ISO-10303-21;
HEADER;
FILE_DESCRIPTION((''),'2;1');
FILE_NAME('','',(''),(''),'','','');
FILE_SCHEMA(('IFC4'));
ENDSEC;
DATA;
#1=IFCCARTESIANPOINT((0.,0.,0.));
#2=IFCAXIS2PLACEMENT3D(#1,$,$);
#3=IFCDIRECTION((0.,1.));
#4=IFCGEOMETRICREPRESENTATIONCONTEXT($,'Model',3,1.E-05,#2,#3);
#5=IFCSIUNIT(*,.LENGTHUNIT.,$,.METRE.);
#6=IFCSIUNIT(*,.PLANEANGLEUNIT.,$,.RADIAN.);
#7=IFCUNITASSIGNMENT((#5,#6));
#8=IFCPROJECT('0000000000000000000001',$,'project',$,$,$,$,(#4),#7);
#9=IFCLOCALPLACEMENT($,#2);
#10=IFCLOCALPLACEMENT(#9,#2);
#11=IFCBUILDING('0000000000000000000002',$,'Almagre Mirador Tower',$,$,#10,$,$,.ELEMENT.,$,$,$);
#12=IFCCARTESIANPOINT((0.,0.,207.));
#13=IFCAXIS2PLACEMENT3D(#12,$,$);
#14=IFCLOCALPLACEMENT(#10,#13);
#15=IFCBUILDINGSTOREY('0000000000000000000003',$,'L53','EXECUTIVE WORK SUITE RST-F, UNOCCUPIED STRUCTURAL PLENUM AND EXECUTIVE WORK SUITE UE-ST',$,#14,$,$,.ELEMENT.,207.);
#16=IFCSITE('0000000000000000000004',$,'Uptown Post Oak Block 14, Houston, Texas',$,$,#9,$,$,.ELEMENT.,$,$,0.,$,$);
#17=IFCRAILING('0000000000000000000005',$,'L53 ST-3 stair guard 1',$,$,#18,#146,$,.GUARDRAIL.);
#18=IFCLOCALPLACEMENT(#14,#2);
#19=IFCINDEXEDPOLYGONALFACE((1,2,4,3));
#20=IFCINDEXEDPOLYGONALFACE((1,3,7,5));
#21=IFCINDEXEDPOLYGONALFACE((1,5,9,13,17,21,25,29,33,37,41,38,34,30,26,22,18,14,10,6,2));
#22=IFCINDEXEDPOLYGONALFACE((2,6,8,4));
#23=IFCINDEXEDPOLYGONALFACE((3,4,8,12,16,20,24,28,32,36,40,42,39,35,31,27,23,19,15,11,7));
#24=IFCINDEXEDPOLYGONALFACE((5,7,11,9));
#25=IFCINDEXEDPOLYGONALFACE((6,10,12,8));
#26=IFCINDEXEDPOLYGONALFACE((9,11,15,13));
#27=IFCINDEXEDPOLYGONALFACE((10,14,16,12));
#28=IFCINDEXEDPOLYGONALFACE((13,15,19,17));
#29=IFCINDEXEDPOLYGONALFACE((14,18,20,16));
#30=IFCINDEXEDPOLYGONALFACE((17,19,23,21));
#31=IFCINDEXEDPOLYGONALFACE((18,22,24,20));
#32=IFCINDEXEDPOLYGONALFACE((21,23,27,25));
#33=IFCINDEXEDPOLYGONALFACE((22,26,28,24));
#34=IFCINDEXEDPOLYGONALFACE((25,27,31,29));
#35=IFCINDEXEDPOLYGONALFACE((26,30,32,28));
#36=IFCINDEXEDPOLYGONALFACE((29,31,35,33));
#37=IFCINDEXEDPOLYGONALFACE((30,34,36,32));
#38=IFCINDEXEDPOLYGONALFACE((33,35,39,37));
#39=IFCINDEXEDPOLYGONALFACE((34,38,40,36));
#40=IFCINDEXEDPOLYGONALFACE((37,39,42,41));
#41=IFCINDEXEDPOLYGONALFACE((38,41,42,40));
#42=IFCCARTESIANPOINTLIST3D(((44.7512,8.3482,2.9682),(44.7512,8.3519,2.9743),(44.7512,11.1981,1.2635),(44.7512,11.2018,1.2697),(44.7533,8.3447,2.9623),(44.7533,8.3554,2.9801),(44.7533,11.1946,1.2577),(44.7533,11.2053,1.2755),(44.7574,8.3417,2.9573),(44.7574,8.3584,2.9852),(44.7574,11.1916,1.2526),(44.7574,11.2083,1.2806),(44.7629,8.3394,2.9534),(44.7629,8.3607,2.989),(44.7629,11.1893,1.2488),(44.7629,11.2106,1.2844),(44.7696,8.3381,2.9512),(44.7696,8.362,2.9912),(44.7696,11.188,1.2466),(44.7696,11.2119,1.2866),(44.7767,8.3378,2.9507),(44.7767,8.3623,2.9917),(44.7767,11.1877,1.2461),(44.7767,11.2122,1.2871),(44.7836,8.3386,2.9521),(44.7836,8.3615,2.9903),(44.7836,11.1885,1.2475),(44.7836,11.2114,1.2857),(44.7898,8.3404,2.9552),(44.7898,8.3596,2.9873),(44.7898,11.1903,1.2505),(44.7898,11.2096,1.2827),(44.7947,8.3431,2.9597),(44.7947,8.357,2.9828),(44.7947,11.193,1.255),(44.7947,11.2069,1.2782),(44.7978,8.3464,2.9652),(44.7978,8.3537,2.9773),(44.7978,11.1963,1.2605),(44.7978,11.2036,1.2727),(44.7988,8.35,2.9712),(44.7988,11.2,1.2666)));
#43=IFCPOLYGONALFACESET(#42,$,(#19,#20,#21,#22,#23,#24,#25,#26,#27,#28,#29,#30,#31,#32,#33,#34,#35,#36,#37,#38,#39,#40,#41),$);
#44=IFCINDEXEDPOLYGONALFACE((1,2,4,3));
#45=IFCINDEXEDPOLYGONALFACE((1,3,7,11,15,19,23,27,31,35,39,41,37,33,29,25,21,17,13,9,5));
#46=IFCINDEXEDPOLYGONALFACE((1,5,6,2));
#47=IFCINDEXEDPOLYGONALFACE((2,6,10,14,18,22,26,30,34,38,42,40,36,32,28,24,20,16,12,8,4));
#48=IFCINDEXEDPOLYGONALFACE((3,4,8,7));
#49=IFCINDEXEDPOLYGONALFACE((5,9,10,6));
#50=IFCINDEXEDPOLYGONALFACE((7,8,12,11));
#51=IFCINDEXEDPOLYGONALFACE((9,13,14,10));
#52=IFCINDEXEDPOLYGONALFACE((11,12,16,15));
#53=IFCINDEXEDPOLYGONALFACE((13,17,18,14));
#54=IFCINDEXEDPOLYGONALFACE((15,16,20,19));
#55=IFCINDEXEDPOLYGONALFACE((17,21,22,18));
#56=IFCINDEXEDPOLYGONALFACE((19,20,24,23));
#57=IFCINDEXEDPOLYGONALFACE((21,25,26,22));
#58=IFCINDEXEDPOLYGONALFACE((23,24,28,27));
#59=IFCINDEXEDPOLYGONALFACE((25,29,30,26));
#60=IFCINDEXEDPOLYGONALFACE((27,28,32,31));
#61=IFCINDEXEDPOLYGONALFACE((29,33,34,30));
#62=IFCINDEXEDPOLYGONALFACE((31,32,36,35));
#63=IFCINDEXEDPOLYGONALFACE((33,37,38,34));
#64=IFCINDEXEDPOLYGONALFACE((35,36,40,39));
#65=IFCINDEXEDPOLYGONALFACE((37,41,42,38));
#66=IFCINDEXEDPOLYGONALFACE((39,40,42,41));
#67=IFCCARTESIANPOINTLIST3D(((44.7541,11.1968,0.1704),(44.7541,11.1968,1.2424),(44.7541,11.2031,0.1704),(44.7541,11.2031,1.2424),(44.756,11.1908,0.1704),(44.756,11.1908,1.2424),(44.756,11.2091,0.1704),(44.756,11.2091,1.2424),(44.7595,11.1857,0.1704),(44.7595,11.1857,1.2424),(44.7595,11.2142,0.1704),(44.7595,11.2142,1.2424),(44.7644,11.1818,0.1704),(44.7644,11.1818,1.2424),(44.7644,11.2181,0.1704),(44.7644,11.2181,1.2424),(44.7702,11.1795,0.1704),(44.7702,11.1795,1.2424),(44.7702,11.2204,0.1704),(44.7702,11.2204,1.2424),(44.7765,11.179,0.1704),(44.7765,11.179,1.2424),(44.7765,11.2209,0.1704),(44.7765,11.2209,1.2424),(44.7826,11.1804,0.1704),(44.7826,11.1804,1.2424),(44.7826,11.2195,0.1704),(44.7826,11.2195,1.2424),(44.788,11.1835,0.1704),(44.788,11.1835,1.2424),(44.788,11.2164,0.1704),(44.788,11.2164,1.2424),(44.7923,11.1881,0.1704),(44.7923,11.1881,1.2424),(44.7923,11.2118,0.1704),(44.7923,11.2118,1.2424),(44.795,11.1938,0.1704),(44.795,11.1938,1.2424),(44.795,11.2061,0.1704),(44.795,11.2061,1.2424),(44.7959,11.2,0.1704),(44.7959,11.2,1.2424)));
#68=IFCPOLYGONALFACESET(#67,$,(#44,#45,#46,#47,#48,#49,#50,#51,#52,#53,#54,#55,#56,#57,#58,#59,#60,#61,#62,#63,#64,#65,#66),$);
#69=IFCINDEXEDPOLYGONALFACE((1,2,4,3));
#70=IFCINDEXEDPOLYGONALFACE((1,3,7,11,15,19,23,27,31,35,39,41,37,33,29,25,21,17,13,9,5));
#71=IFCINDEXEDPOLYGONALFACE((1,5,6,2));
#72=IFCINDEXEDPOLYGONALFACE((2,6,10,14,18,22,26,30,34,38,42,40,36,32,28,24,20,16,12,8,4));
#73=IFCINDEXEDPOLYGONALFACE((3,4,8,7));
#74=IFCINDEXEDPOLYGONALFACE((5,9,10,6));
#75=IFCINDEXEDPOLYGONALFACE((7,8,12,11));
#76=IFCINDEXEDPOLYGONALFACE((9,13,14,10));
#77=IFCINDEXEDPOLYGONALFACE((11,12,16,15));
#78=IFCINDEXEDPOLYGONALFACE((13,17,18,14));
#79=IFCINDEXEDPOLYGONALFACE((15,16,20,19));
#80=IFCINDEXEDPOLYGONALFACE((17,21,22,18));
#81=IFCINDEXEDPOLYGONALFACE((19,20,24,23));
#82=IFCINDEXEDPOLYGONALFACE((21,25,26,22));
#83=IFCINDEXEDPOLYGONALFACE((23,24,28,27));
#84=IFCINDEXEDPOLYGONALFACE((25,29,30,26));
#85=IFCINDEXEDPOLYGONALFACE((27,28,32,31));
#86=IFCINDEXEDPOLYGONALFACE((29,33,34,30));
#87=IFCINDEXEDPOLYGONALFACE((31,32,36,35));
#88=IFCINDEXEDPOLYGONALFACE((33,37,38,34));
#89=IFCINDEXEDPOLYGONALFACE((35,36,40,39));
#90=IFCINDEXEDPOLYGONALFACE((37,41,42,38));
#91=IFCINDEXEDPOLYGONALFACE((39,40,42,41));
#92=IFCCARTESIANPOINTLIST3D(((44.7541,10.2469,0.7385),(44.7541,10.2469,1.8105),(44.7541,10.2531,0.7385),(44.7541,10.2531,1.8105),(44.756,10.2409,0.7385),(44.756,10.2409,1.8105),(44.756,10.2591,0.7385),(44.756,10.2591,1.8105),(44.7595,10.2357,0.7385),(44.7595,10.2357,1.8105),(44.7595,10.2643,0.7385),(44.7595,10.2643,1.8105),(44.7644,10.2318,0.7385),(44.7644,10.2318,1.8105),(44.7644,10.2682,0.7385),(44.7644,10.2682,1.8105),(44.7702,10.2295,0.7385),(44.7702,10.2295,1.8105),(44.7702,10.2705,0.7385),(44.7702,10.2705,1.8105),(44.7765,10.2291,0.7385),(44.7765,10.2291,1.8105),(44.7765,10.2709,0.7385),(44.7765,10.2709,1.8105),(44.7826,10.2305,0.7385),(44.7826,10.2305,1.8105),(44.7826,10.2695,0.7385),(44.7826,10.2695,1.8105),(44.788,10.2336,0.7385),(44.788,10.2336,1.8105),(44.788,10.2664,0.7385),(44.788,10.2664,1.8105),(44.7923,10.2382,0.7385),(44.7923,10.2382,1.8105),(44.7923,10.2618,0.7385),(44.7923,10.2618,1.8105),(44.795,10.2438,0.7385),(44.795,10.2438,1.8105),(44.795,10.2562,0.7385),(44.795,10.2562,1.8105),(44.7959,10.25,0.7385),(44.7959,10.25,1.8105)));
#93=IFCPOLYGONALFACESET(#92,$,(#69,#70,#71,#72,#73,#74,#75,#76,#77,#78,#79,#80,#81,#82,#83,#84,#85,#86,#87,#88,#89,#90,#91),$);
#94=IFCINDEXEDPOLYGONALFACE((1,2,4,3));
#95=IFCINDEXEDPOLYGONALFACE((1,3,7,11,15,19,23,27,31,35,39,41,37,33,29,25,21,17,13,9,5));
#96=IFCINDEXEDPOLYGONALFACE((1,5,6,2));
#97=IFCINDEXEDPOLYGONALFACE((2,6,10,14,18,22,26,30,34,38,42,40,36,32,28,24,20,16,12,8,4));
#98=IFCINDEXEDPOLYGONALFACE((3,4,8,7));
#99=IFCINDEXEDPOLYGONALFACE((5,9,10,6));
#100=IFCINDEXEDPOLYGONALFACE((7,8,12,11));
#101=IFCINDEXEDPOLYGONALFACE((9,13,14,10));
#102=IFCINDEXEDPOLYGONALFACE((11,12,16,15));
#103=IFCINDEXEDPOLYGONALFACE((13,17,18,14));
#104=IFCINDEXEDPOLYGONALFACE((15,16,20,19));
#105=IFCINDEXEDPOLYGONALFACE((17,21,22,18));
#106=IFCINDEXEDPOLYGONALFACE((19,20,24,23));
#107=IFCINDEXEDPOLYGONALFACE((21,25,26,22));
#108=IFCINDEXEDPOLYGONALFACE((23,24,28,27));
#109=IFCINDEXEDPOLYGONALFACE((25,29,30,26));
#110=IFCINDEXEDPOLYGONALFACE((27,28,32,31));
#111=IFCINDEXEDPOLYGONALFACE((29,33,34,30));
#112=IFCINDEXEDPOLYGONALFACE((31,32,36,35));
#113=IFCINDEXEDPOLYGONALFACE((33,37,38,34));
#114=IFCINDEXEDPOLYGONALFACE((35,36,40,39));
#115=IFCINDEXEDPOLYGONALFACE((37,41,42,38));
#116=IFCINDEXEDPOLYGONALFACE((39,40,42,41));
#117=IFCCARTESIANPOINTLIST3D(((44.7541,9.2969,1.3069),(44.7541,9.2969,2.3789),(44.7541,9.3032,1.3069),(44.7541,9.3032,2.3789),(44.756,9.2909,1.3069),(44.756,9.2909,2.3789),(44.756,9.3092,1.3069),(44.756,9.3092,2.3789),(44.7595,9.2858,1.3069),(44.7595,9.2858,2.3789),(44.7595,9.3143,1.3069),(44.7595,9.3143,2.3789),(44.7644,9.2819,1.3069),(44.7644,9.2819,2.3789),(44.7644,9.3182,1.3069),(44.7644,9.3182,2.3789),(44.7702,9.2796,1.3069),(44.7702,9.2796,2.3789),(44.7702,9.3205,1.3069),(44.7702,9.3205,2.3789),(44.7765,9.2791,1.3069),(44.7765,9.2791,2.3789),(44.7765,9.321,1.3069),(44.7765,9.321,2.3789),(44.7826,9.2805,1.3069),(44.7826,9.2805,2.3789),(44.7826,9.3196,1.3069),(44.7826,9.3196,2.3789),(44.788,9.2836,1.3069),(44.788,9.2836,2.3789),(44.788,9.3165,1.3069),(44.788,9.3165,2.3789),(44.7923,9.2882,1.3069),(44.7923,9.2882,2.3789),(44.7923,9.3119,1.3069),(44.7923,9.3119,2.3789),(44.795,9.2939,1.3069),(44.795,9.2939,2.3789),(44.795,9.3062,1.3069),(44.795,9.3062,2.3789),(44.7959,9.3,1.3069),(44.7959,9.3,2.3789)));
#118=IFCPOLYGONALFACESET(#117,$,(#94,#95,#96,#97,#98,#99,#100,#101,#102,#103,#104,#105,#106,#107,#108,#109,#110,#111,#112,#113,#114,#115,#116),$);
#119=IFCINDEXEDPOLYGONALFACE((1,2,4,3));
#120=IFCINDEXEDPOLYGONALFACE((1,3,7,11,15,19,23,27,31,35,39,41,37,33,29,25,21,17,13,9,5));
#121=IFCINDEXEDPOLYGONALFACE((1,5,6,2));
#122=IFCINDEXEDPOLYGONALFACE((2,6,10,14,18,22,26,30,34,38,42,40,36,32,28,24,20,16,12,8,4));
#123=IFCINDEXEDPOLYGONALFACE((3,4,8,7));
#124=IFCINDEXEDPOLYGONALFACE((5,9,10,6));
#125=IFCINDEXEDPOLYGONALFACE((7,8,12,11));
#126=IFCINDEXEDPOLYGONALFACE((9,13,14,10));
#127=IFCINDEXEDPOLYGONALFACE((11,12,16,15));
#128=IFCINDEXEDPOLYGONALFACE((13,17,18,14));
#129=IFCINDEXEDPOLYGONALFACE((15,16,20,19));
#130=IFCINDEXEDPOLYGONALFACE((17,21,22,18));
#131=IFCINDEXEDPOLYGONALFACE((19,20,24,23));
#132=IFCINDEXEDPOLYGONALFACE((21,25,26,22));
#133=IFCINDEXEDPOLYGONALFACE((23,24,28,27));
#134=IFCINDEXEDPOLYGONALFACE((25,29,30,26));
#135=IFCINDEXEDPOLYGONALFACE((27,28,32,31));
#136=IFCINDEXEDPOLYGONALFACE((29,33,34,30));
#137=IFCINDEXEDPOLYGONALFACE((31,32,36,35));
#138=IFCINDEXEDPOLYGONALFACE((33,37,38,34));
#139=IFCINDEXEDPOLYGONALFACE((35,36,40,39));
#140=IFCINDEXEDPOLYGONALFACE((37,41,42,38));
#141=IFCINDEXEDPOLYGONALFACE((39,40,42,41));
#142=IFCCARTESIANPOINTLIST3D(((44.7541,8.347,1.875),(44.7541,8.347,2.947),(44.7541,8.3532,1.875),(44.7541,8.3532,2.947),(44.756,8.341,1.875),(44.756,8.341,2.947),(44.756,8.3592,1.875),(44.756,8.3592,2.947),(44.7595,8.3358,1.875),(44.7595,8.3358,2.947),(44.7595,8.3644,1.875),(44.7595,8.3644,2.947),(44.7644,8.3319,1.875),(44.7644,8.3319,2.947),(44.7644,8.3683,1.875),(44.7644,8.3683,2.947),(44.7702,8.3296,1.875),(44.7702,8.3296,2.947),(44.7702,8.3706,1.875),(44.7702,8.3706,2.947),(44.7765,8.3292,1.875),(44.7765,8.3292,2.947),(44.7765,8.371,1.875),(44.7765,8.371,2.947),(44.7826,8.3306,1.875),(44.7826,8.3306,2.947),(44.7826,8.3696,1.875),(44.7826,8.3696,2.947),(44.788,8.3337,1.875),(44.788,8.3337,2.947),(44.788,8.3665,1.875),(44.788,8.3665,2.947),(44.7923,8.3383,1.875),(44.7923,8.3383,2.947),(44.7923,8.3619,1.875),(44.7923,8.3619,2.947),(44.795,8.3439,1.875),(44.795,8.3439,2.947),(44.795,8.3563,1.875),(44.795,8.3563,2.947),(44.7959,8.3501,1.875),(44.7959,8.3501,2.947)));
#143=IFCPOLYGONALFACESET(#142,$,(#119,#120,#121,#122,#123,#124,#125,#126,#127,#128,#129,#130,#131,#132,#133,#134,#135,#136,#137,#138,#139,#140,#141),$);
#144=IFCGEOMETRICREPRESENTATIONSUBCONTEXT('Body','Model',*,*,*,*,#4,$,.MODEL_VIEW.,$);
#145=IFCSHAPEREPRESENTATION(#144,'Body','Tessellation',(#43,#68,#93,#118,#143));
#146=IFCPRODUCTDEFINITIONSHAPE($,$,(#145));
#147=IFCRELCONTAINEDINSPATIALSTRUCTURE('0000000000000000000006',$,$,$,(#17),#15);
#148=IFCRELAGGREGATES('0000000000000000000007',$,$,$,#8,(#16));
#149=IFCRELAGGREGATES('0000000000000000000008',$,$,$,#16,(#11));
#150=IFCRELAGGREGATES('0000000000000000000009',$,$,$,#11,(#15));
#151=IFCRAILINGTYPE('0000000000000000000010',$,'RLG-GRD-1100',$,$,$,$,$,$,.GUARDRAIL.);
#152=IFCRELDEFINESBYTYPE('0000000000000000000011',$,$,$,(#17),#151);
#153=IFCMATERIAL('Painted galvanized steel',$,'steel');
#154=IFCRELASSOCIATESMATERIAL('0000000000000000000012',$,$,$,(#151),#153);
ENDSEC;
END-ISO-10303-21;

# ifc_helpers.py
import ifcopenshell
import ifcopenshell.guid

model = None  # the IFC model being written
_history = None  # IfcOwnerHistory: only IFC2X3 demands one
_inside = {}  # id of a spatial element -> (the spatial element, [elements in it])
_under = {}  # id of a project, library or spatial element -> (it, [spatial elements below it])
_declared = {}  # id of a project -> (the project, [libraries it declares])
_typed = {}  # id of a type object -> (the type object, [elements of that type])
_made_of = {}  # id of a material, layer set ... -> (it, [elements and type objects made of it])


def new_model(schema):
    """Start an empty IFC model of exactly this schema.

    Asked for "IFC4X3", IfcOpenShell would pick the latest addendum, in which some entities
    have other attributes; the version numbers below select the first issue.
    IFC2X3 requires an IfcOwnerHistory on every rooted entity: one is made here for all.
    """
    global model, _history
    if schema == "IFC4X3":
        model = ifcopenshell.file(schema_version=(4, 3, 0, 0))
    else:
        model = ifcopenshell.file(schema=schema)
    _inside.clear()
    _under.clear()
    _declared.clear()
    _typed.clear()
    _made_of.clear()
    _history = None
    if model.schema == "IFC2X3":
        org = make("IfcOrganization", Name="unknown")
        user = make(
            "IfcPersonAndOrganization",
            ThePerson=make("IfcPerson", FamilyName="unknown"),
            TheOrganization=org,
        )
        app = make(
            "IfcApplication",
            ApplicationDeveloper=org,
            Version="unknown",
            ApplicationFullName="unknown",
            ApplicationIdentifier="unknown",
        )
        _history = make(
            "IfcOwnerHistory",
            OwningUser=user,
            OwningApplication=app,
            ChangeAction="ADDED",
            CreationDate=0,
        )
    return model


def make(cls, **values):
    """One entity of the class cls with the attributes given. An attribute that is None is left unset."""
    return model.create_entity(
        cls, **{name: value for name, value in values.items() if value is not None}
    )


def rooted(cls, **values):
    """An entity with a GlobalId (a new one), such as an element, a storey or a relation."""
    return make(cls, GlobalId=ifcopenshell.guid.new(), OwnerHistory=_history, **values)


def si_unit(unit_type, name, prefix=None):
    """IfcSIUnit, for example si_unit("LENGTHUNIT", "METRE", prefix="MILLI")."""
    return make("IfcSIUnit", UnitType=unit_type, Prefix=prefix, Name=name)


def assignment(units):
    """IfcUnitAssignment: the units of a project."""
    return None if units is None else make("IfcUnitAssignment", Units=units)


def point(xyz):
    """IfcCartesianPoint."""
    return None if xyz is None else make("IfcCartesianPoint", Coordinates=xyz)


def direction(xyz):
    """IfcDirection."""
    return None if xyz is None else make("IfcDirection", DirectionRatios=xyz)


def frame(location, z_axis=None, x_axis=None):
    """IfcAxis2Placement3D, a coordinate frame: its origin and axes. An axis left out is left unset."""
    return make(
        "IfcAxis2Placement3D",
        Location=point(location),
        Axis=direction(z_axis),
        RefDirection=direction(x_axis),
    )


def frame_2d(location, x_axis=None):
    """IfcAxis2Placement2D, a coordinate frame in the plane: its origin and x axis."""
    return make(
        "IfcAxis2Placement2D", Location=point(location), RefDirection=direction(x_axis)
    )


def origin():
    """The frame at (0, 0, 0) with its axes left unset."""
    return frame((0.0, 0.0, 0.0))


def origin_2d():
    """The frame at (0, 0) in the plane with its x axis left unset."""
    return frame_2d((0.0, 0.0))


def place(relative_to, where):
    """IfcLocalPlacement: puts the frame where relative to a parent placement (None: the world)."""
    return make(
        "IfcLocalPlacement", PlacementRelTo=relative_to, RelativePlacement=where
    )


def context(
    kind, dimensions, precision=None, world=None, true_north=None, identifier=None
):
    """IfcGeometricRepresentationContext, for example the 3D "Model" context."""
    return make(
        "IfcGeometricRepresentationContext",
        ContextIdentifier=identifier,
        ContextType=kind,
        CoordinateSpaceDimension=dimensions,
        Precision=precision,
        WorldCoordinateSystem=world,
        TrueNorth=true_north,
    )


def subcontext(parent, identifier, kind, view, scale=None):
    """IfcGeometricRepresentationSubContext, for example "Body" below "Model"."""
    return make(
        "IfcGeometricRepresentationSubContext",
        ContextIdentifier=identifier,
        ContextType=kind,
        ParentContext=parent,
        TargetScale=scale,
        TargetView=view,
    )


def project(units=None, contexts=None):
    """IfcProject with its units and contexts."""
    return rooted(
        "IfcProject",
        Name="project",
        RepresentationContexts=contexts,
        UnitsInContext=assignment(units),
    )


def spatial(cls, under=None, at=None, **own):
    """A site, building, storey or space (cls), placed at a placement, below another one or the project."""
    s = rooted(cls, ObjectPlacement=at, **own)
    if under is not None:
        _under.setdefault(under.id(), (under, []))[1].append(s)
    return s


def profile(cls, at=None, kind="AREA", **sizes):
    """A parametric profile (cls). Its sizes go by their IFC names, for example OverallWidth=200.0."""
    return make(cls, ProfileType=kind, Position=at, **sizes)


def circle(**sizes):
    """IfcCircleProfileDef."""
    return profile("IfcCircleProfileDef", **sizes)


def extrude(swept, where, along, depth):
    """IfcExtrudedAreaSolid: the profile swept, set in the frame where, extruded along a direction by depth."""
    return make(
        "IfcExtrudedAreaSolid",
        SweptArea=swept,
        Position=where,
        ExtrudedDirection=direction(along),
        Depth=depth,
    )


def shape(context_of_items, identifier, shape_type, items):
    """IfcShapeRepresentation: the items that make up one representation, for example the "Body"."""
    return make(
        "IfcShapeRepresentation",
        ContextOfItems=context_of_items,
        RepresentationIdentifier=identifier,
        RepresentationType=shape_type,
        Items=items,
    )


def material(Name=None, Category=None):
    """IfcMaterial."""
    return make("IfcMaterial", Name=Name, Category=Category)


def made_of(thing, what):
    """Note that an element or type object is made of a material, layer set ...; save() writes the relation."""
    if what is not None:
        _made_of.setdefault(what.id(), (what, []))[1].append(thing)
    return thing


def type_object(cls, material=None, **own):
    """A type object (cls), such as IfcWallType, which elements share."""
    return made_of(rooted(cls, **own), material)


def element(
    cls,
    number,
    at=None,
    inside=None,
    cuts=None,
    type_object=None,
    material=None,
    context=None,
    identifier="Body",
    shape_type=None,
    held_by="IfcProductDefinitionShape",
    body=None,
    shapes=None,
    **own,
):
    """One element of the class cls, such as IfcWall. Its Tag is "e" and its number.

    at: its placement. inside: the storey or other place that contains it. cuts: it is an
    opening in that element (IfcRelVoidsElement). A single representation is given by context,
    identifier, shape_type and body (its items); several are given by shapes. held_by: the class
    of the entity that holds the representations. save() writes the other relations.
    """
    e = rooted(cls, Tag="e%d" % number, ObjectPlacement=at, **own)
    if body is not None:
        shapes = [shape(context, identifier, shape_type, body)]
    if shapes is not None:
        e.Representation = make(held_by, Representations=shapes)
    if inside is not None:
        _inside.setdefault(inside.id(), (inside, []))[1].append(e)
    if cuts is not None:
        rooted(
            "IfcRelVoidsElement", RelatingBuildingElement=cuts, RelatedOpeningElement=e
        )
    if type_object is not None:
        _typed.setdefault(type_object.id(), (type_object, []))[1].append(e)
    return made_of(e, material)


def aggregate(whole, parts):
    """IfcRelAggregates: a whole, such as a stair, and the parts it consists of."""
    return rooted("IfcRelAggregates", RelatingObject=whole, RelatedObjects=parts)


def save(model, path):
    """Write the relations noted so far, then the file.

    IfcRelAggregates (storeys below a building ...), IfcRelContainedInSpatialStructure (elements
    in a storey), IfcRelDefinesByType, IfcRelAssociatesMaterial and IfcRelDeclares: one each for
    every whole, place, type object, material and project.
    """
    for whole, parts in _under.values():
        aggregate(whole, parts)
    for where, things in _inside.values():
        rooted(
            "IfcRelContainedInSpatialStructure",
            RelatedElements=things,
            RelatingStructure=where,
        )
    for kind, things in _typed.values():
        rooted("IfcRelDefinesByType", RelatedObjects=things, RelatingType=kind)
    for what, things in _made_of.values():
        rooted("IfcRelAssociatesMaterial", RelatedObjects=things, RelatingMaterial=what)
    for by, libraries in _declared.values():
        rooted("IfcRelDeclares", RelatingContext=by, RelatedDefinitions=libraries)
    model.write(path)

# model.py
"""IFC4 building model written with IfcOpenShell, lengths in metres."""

from ifc_helpers import new_model, si_unit, direction, frame, origin, origin_2d, place, context, subcontext, project, spatial, circle, extrude, material, type_object, element, save


model = new_model("IFC4")

# Units and contexts
model_context = context("Model", 3, precision=1e-05, world=origin(), true_north=direction((0.0, 1.0)))
body_context = subcontext(model_context, "Body", "Model", "MODEL_VIEW")
ifc_project = project(units=[si_unit("LENGTHUNIT", "METRE"), si_unit("PLANEANGLEUNIT", "RADIAN")], contexts=[model_context])

# Site, building, storey
site_placement = place(None, origin())
site = spatial("IfcSite", under=ifc_project, at=site_placement, Name="Uptown Post Oak Block 14, Houston, Texas", CompositionType="ELEMENT", RefElevation=0.0)
building_placement = place(site_placement, origin())
building = spatial("IfcBuilding", under=site, at=building_placement, Name="Almagre Mirador Tower", CompositionType="ELEMENT")
storey_placement = place(building_placement, frame((0.0, 0.0, 207.0)))
storey = spatial("IfcBuildingStorey", under=building, at=storey_placement, Name="L53", Description="EXECUTIVE WORK SUITE RST-F, UNOCCUPIED STRUCTURAL PLENUM AND EXECUTIVE WORK SUITE UE-ST", CompositionType="ELEMENT", Elevation=207.0)

# Railing
ifc_material_1 = material(Name="Painted galvanized steel", Category="steel")
railing_type_1 = type_object("IfcRailingType", Name="RLG-GRD-1100", PredefinedType="GUARDRAIL", material=ifc_material_1)
railing_1_placement = place(storey_placement, frame((44.7749, 11.2, 0.1704)))
element("IfcRailing", 1, at=railing_1_placement, inside=storey, type_object=railing_type_1, Name="L53 ST-3 stair guard 1", PredefinedType="GUARDRAIL", context=body_context, shape_type="SweptSolid", body=[
    extrude(circle(Radius=0.0239, at=origin_2d()), frame((0.0, 0.0, 1.0962), z_axis=(0.0, -0.858199, 0.513317), x_axis=(1.0, 0.0, 0.0)), (0.0, 0.0, 1.0), 3.3208),
    extrude(circle(Radius=0.021, at=origin_2d()), origin(), (0.0, 0.0, 1.0), 1.072),
    extrude(circle(Radius=0.021, at=origin_2d()), frame((0.0, -0.95, 0.5681)), (0.0, 0.0, 1.0), 1.072),
    extrude(circle(Radius=0.021, at=origin_2d()), frame((0.0, -1.8999, 1.1365)), (0.0, 0.0, 1.0), 1.072),
    extrude(circle(Radius=0.021, at=origin_2d()), frame((0.0, -2.8499, 1.7046)), (0.0, 0.0, 1.0), 1.072),
])

save(model, "model.ifc")
